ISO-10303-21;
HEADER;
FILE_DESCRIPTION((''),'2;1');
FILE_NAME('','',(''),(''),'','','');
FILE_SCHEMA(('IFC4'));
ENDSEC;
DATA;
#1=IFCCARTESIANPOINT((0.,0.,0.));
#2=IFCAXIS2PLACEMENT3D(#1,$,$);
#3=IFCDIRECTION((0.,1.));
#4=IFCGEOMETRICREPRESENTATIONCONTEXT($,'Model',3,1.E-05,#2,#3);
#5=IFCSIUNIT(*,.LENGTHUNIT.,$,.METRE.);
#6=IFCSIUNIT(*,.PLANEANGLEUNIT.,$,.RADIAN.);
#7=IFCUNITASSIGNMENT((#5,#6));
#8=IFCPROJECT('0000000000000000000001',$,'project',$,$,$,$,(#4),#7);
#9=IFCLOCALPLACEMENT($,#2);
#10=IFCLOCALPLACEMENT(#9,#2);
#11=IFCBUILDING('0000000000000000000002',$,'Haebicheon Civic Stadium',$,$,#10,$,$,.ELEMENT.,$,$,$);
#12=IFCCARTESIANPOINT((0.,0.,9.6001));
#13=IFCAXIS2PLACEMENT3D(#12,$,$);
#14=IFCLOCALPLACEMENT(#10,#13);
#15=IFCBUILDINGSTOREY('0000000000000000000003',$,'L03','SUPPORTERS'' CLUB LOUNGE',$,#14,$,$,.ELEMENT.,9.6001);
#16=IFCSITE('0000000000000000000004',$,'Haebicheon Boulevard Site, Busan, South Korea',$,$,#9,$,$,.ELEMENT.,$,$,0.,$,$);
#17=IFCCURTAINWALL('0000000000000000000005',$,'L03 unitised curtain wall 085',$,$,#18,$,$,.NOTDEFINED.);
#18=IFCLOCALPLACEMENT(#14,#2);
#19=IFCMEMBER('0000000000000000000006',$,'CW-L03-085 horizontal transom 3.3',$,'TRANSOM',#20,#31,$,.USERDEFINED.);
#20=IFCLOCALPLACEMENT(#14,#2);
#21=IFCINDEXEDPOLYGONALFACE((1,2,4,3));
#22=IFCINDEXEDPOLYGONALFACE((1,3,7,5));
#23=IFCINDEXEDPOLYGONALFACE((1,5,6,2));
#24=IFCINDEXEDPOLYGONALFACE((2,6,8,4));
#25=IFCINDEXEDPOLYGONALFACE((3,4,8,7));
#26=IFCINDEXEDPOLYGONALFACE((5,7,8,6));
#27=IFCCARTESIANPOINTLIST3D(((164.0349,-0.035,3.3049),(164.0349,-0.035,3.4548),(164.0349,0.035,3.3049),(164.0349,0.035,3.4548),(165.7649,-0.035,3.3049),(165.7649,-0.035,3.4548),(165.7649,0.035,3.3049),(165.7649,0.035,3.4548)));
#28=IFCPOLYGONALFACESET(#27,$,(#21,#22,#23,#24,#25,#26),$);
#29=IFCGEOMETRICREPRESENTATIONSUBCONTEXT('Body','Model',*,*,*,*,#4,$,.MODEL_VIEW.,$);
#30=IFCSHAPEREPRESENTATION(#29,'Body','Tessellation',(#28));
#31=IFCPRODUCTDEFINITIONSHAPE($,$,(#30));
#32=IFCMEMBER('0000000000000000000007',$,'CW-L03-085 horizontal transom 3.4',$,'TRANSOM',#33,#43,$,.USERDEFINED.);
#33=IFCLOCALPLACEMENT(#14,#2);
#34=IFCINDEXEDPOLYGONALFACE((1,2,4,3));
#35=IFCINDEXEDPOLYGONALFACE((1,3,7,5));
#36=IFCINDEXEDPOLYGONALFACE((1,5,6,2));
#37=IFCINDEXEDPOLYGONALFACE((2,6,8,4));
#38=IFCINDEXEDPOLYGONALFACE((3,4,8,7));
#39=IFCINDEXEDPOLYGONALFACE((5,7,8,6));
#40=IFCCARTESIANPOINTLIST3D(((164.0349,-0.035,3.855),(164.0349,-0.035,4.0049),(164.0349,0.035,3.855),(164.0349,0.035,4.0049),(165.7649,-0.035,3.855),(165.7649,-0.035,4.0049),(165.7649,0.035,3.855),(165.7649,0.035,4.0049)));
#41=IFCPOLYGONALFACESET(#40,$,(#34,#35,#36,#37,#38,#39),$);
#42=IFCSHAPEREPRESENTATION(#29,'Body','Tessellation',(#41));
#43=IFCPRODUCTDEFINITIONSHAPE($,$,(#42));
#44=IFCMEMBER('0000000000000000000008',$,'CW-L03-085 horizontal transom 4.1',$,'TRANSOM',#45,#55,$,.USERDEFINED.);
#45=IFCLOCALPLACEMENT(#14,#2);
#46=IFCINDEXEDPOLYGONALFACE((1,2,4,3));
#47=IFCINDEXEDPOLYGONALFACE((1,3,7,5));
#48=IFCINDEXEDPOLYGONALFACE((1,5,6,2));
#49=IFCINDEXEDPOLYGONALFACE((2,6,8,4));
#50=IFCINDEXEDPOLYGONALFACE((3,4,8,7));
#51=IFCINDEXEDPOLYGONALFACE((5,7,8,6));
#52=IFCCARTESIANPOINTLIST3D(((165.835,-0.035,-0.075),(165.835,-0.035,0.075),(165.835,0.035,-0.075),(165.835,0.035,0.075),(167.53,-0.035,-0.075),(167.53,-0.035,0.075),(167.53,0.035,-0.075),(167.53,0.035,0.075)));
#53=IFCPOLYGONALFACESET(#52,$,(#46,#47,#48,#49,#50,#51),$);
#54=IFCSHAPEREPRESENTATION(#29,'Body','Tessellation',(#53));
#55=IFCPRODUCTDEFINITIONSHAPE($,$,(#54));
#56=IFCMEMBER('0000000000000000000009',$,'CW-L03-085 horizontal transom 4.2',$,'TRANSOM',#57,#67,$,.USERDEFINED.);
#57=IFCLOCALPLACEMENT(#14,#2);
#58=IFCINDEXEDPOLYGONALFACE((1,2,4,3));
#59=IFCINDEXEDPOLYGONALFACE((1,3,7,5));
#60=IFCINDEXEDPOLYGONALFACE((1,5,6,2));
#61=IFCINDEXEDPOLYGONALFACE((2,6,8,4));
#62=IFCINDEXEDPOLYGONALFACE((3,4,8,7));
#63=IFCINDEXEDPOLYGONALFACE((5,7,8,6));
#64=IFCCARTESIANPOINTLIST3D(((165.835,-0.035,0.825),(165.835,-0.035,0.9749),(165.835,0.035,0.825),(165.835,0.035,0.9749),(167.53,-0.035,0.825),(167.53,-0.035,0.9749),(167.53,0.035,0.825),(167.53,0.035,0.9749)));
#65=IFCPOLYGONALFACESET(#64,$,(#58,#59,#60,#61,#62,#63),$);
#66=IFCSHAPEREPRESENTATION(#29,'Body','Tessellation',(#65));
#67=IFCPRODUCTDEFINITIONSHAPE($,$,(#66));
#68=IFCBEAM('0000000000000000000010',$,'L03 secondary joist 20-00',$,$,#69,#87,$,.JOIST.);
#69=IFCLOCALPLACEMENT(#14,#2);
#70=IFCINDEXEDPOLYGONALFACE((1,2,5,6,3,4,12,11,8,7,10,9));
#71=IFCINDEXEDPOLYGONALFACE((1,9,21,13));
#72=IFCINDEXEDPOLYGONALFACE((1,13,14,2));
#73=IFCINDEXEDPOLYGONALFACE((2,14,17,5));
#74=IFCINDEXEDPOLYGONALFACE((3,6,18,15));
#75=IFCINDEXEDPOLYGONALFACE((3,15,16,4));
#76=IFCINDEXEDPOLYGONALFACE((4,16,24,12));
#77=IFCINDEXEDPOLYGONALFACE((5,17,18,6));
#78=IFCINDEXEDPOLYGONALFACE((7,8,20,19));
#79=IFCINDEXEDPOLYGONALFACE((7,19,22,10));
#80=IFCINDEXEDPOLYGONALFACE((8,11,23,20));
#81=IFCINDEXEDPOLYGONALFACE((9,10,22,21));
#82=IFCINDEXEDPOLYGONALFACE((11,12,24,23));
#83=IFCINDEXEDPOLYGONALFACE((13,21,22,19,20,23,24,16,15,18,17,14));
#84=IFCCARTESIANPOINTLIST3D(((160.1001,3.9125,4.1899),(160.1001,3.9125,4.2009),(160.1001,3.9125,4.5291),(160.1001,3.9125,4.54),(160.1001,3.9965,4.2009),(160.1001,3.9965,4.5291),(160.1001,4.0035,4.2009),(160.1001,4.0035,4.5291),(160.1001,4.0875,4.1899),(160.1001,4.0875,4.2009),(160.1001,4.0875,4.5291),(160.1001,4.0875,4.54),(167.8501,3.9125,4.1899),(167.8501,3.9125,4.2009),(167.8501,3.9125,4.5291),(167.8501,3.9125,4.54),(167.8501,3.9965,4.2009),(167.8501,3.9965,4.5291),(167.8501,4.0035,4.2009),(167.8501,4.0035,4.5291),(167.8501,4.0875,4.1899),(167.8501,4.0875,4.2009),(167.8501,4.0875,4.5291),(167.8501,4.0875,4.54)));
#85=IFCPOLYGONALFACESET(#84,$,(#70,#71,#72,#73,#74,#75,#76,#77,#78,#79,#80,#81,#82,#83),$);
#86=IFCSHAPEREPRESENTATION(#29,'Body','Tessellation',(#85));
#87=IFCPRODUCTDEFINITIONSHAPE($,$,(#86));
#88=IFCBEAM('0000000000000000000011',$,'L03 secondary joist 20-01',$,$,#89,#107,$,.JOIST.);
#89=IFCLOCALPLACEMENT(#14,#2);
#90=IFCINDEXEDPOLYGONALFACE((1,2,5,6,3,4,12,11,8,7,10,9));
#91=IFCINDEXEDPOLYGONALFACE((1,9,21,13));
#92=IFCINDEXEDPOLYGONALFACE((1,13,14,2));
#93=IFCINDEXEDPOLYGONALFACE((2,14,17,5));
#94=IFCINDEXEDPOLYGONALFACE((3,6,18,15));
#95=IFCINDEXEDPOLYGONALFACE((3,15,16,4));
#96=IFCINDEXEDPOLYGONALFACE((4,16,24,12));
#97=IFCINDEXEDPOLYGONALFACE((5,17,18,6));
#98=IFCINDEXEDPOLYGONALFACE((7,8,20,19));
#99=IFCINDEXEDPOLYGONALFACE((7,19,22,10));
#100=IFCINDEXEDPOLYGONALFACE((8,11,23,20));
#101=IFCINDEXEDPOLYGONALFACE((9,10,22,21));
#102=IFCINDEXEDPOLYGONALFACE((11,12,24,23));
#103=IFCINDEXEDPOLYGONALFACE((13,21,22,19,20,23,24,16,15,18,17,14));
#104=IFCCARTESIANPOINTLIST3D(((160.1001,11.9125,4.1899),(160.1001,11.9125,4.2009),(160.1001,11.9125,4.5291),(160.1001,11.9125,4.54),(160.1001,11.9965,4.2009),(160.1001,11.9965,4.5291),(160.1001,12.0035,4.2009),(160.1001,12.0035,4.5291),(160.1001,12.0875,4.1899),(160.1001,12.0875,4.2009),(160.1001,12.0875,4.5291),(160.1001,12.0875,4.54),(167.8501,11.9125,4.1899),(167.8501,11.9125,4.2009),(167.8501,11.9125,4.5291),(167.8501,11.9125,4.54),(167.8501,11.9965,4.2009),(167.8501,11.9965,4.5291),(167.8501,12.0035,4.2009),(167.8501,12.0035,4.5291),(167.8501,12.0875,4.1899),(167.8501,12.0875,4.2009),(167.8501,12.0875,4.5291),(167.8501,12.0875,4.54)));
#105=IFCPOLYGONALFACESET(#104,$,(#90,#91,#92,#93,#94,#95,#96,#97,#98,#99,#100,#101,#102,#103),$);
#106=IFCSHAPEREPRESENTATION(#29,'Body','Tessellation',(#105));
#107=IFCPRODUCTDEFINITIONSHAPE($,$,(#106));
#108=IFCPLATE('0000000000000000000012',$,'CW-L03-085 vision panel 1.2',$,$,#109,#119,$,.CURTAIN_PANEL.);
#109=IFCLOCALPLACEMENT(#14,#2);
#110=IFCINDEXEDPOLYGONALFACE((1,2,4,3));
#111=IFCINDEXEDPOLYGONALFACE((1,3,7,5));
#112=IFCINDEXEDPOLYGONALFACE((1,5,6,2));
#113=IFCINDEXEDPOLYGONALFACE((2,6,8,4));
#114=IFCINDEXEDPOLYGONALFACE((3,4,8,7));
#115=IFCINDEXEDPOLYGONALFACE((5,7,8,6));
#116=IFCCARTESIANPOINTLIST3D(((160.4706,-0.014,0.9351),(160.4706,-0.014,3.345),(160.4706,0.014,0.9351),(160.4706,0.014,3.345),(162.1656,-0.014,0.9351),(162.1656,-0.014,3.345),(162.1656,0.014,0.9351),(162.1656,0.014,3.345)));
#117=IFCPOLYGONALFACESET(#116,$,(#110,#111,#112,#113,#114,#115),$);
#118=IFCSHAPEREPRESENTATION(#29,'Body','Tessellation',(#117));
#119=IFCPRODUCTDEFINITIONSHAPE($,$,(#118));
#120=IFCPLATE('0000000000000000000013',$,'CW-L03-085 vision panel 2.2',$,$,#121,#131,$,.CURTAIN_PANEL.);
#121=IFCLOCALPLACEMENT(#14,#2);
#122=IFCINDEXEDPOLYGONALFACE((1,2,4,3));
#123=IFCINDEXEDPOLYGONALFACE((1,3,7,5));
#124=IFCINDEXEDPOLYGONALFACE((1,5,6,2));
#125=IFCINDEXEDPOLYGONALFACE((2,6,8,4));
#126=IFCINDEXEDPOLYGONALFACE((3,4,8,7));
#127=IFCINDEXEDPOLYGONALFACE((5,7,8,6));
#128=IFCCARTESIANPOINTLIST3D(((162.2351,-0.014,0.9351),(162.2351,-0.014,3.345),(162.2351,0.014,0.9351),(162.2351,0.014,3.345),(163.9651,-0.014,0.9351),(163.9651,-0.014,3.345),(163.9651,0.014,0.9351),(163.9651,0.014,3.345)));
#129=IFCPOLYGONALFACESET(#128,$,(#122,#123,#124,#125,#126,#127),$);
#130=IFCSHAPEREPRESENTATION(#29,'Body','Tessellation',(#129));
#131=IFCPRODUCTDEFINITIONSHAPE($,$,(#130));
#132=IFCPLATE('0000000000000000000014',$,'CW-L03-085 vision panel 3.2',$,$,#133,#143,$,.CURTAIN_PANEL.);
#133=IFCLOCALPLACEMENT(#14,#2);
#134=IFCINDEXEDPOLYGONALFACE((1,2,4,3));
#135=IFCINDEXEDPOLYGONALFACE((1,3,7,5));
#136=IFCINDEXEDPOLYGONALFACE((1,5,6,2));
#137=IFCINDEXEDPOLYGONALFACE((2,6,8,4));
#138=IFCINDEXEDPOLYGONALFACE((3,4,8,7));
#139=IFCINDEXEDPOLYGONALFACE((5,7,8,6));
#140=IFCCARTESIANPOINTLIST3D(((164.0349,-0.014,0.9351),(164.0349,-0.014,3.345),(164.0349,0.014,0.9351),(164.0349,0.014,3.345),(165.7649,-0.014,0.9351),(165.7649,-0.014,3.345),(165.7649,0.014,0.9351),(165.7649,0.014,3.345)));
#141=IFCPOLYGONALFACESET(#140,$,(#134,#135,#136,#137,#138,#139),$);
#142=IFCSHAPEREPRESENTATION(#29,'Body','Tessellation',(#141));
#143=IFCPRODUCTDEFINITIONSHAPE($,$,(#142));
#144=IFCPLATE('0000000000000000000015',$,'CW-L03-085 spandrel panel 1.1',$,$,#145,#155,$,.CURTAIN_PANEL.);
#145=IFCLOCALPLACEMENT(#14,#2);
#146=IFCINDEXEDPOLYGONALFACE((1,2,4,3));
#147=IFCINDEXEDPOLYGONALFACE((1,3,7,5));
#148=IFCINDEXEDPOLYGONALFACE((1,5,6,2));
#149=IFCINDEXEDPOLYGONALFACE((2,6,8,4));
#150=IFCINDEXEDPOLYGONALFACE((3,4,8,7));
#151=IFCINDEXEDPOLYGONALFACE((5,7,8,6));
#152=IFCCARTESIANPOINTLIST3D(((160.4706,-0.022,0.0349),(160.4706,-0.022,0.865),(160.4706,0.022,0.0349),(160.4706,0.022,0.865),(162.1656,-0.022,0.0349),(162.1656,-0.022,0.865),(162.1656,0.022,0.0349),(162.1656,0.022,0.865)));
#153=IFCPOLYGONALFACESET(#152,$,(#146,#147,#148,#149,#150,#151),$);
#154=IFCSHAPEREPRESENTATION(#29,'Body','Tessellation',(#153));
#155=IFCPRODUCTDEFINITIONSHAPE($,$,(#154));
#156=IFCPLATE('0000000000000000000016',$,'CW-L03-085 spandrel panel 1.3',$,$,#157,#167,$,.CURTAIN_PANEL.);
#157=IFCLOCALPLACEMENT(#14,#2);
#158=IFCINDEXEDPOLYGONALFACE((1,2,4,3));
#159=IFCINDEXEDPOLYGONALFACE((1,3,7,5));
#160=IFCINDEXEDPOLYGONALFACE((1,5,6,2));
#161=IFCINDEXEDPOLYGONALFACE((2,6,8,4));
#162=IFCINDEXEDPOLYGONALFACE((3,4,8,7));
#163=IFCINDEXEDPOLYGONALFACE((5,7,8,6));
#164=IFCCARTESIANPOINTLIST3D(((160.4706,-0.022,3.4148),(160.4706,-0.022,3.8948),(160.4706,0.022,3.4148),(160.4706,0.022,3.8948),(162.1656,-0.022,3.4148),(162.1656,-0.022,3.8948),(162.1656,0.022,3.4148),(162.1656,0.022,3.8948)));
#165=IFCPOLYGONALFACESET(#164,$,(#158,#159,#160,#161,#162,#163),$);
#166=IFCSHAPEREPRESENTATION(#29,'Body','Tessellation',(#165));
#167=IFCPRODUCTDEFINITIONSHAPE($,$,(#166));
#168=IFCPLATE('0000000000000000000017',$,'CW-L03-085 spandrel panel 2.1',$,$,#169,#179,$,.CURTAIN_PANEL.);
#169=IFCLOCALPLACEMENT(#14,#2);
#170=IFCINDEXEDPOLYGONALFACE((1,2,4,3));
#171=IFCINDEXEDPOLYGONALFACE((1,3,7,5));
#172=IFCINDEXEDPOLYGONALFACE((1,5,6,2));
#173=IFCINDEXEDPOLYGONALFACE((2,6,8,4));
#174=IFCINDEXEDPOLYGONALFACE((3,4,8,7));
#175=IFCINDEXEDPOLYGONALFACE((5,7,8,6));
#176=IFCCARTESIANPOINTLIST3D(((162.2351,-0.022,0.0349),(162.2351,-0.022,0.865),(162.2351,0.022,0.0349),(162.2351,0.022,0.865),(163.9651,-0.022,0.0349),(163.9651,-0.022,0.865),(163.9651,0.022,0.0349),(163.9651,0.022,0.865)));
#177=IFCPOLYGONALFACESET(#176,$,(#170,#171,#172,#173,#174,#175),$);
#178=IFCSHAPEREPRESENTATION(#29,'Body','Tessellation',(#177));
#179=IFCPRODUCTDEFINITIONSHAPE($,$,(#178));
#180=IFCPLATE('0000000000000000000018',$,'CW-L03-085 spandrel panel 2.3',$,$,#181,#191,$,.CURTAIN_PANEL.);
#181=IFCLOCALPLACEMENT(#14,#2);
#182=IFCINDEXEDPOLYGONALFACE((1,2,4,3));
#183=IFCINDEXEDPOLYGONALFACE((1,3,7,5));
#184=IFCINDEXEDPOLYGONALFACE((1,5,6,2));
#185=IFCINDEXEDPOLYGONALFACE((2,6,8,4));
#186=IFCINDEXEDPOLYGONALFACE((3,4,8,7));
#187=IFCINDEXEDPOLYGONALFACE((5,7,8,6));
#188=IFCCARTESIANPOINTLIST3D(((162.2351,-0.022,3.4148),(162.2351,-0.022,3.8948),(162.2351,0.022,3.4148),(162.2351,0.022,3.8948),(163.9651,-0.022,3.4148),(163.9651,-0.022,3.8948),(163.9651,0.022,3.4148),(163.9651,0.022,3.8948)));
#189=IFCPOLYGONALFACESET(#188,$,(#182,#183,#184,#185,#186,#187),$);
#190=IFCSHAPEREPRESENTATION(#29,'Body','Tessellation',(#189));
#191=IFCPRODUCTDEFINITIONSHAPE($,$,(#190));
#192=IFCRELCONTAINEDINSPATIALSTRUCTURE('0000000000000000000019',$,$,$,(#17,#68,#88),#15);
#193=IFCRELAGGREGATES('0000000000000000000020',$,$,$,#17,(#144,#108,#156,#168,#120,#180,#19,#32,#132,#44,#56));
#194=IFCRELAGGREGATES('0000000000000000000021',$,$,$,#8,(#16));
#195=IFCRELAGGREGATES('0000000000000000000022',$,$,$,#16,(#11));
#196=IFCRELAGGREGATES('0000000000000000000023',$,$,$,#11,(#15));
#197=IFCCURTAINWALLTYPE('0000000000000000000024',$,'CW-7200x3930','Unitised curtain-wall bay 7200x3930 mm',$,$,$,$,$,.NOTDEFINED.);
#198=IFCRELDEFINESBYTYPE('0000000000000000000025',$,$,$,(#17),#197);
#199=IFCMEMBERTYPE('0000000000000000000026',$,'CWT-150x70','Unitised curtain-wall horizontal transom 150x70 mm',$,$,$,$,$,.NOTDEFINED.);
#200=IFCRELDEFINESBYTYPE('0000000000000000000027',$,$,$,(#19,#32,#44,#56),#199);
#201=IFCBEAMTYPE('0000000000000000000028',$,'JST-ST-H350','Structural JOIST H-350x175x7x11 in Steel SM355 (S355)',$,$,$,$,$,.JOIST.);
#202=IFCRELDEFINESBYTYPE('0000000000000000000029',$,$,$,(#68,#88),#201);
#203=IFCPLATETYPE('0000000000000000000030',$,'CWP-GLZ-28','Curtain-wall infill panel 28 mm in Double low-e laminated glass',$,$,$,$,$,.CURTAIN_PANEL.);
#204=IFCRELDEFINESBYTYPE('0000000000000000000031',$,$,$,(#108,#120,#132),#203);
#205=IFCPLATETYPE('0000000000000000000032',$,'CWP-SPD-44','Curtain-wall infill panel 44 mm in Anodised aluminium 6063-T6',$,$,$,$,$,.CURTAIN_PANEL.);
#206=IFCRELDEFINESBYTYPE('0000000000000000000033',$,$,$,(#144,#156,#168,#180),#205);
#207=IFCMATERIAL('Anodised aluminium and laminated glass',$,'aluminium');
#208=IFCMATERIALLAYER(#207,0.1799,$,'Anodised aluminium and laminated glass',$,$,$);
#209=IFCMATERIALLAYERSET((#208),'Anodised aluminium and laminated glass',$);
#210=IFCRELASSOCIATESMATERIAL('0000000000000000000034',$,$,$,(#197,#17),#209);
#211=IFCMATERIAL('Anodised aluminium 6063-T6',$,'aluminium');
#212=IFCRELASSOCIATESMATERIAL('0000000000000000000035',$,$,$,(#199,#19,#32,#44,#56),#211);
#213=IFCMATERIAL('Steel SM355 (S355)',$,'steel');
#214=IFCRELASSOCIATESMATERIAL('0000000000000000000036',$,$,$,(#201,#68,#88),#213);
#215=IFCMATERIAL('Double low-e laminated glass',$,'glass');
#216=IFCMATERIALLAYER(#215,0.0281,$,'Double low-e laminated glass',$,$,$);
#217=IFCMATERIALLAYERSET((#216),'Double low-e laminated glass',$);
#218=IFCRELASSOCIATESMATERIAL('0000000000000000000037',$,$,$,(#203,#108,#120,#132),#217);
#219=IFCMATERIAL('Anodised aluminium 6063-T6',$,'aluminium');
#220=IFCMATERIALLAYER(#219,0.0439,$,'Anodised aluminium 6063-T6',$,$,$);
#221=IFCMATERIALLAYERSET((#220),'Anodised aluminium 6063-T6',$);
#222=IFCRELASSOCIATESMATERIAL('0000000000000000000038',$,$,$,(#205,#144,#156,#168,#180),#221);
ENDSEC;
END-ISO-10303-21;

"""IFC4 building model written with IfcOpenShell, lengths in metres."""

from ifc_helpers import new_model, si_unit, direction, frame, origin, origin_2d, place, context, subcontext, project, spatial, rectangle, i_section, extrude, material, layer, layer_set, material_profile, profile_set, type_object, element, aggregate, save


model = new_model("IFC4")

# Units and contexts
model_context = context("Model", 3, precision=1e-05, world=origin(), true_north=direction((0.0, 1.0)))
body_context = subcontext(model_context, "Body", "Model", "MODEL_VIEW")
ifc_project = project(units=[si_unit("LENGTHUNIT", "METRE"), si_unit("PLANEANGLEUNIT", "RADIAN")], contexts=[model_context])

# Site, building, storey
site_placement = place(None, origin())
site = spatial("IfcSite", under=ifc_project, at=site_placement, Name="Haebicheon Boulevard Site, Busan, South Korea", CompositionType="ELEMENT", RefElevation=0.0)
building_placement = place(site_placement, origin())
building = spatial("IfcBuilding", under=site, at=building_placement, Name="Haebicheon Civic Stadium", CompositionType="ELEMENT")
storey_placement = place(building_placement, frame((0.0, 0.0, 9.6001)))
storey = spatial("IfcBuildingStorey", under=building, at=storey_placement, Name="L03", Description="SUPPORTERS' CLUB LOUNGE", CompositionType="ELEMENT", Elevation=9.6001)

# Curtain wall, members
ifc_material_1 = material(Name="Anodised aluminium and laminated glass", Category="aluminium")
ifc_layer_1 = layer(ifc_material_1, 0.1799, Name="Anodised aluminium and laminated glass")
ifc_layer_set_1 = layer_set([ifc_layer_1], Name="Anodised aluminium and laminated glass")
curtain_wall_type = type_object("IfcCurtainWallType", Name="CW-7200x3930", Description="Unitised curtain-wall bay 7200x3930 mm", PredefinedType="NOTDEFINED", material=ifc_layer_set_1)
curtain_wall_placement = place(storey_placement, origin())
curtain_wall = element("IfcCurtainWall", 1, at=curtain_wall_placement, inside=storey, type_object=curtain_wall_type, material=ifc_layer_set_1, Name="L03 unitised curtain wall 085", PredefinedType="NOTDEFINED")
ifc_material_2 = material(Name="Anodised aluminium 6063-T6", Category="aluminium")
ifc_material_profile_1 = material_profile(ifc_material_2, rectangle(XDim=0.0701, YDim=0.1499, at=origin_2d()), Name="ALU-TRAN-70x150")
ifc_profile_set_1 = profile_set([ifc_material_profile_1], Name="Anodised aluminium 6063-T6")
member_type_1 = type_object("IfcMemberType", Name="CWT-150x70", Description="Unitised curtain-wall horizontal transom 150x70 mm", PredefinedType="NOTDEFINED", material=ifc_profile_set_1)
member_1_placement = place(storey_placement, frame((164.0349, 0.0, 3.3799), z_axis=(1.0, 0.0, 0.0), x_axis=(0.0, 1.0, 0.0)))
member_1 = element("IfcMember", 2, at=member_1_placement, type_object=member_type_1, material=ifc_profile_set_1, Name="CW-L03-085 horizontal transom 3.3", ObjectType="TRANSOM", PredefinedType="USERDEFINED", context=body_context, shape_type="SweptSolid", body=[
    extrude(rectangle(XDim=0.0701, YDim=0.1499, at=origin_2d()), origin(), (0.0, 0.0, 1.0), 1.73),
])
member_2_placement = place(storey_placement, frame((164.0349, 0.0, 3.9299), z_axis=(1.0, 0.0, 0.0), x_axis=(0.0, 1.0, 0.0)))
member_2 = element("IfcMember", 3, at=member_2_placement, type_object=member_type_1, material=ifc_profile_set_1, Name="CW-L03-085 horizontal transom 3.4", ObjectType="TRANSOM", PredefinedType="USERDEFINED", context=body_context, shape_type="SweptSolid", body=[
    extrude(rectangle(XDim=0.0701, YDim=0.1499, at=origin_2d()), origin(), (0.0, 0.0, 1.0), 1.73),
])
member_3_placement = place(storey_placement, frame((165.835, 0.0, 0.0), z_axis=(1.0, 0.0, 0.0), x_axis=(0.0, 1.0, 0.0)))
member_3 = element("IfcMember", 4, at=member_3_placement, type_object=member_type_1, material=ifc_profile_set_1, Name="CW-L03-085 horizontal transom 4.1", ObjectType="TRANSOM", PredefinedType="USERDEFINED", context=body_context, shape_type="SweptSolid", body=[
    extrude(rectangle(XDim=0.0701, YDim=0.1499, at=origin_2d()), origin(), (0.0, 0.0, 1.0), 1.6951),
])
member_4_placement = place(storey_placement, frame((165.835, 0.0, 0.8999), z_axis=(1.0, 0.0, 0.0), x_axis=(0.0, 1.0, 0.0)))
member_4 = element("IfcMember", 5, at=member_4_placement, type_object=member_type_1, material=ifc_profile_set_1, Name="CW-L03-085 horizontal transom 4.2", ObjectType="TRANSOM", PredefinedType="USERDEFINED", context=body_context, shape_type="SweptSolid", body=[
    extrude(rectangle(XDim=0.0701, YDim=0.1499, at=origin_2d()), origin(), (0.0, 0.0, 1.0), 1.6951),
])

# Beams
ifc_material_3 = material(Name="Steel SM355 (S355)", Category="steel")
ifc_material_profile_2 = material_profile(ifc_material_3, i_section(OverallWidth=0.175, OverallDepth=0.3501, WebThickness=0.0071, FlangeThickness=0.011, at=origin_2d()), Name="H-350x175x7x11")
ifc_profile_set_2 = profile_set([ifc_material_profile_2], Name="Steel SM355 (S355)")
beam_type = type_object("IfcBeamType", Name="JST-ST-H350", Description="Structural JOIST H-350x175x7x11 in Steel SM355 (S355)", PredefinedType="JOIST", material=ifc_profile_set_2)
for number, where, z_axis, x_axis, name in (
    (6, (160.1001, 4.0, 4.365), (1.0, 0.0, 0.0), (0.0, 1.0, 0.0), "L03 secondary joist 20-00"),
    (7, (160.1001, 12.0, 4.365), (1.0, 0.0, 0.0), (0.0, 1.0, 0.0), "L03 secondary joist 20-01"),
):
    element("IfcBeam", number, at=place(storey_placement, frame(where, z_axis=z_axis, x_axis=x_axis)), inside=storey, type_object=beam_type, material=ifc_profile_set_2, Name=name, PredefinedType="JOIST", context=body_context, shape_type="SweptSolid", body=[
        extrude(i_section(OverallWidth=0.175, OverallDepth=0.3501, WebThickness=0.0071, FlangeThickness=0.011, at=origin_2d()), origin(), (0.0, 0.0, 1.0), 7.75),
    ])

# Plates
ifc_material_4 = material(Name="Double low-e laminated glass", Category="glass")
ifc_layer_2 = layer(ifc_material_4, 0.0281, Name="Double low-e laminated glass")
ifc_layer_set_2 = layer_set([ifc_layer_2], Name="Double low-e laminated glass")
plate_type_1 = type_object("IfcPlateType", Name="CWP-GLZ-28", Description="Curtain-wall infill panel 28 mm in Double low-e laminated glass", PredefinedType="CURTAIN_PANEL", material=ifc_layer_set_2)
plate_1_placement = place(storey_placement, frame((161.3181, 0.0, 0.9351), z_axis=(0.0, 0.0, 1.0), x_axis=(1.0, 0.0, 0.0)))
plate_1 = element("IfcPlate", 8, at=plate_1_placement, type_object=plate_type_1, material=ifc_layer_set_2, Name="CW-L03-085 vision panel 1.2", PredefinedType="CURTAIN_PANEL", context=body_context, shape_type="SweptSolid", body=[
    extrude(rectangle(XDim=1.6951, YDim=0.0281, at=origin_2d()), origin(), (0.0, 0.0, 1.0), 2.4099),
])
plate_2_placement = place(storey_placement, frame((163.1001, 0.0, 0.9351), z_axis=(0.0, 0.0, 1.0), x_axis=(1.0, 0.0, 0.0)))
plate_2 = element("IfcPlate", 9, at=plate_2_placement, type_object=plate_type_1, material=ifc_layer_set_2, Name="CW-L03-085 vision panel 2.2", PredefinedType="CURTAIN_PANEL", context=body_context, shape_type="SweptSolid", body=[
    extrude(rectangle(XDim=1.73, YDim=0.0281, at=origin_2d()), origin(), (0.0, 0.0, 1.0), 2.4099),
])
plate_3_placement = place(storey_placement, frame((164.8999, 0.0, 0.9351), z_axis=(0.0, 0.0, 1.0), x_axis=(1.0, 0.0, 0.0)))
plate_3 = element("IfcPlate", 10, at=plate_3_placement, type_object=plate_type_1, material=ifc_layer_set_2, Name="CW-L03-085 vision panel 3.2", PredefinedType="CURTAIN_PANEL", context=body_context, shape_type="SweptSolid", body=[
    extrude(rectangle(XDim=1.73, YDim=0.0281, at=origin_2d()), origin(), (0.0, 0.0, 1.0), 2.4099),
])
ifc_material_5 = material(Name="Anodised aluminium 6063-T6", Category="aluminium")
ifc_layer_3 = layer(ifc_material_5, 0.0439, Name="Anodised aluminium 6063-T6")
ifc_layer_set_3 = layer_set([ifc_layer_3], Name="Anodised aluminium 6063-T6")
plate_type_2 = type_object("IfcPlateType", Name="CWP-SPD-44", Description="Curtain-wall infill panel 44 mm in Anodised aluminium 6063-T6", PredefinedType="CURTAIN_PANEL", material=ifc_layer_set_3)
plate_4_placement = place(storey_placement, frame((161.3181, 0.0, 0.0349), z_axis=(0.0, 0.0, 1.0), x_axis=(1.0, 0.0, 0.0)))
plate_4 = element("IfcPlate", 11, at=plate_4_placement, type_object=plate_type_2, material=ifc_layer_set_3, Name="CW-L03-085 spandrel panel 1.1", PredefinedType="CURTAIN_PANEL", context=body_context, shape_type="SweptSolid", body=[
    extrude(rectangle(XDim=1.6951, YDim=0.0439, at=origin_2d()), origin(), (0.0, 0.0, 1.0), 0.8301),
])
plate_5_placement = place(storey_placement, frame((161.3181, 0.0, 3.4148), z_axis=(0.0, 0.0, 1.0), x_axis=(1.0, 0.0, 0.0)))
plate_5 = element("IfcPlate", 12, at=plate_5_placement, type_object=plate_type_2, material=ifc_layer_set_3, Name="CW-L03-085 spandrel panel 1.3", PredefinedType="CURTAIN_PANEL", context=body_context, shape_type="SweptSolid", body=[
    extrude(rectangle(XDim=1.6951, YDim=0.0439, at=origin_2d()), origin(), (0.0, 0.0, 1.0), 0.48),
])
plate_6_placement = place(storey_placement, frame((163.1001, 0.0, 0.0349), z_axis=(0.0, 0.0, 1.0), x_axis=(1.0, 0.0, 0.0)))
plate_6 = element("IfcPlate", 13, at=plate_6_placement, type_object=plate_type_2, material=ifc_layer_set_3, Name="CW-L03-085 spandrel panel 2.1", PredefinedType="CURTAIN_PANEL", context=body_context, shape_type="SweptSolid", body=[
    extrude(rectangle(XDim=1.73, YDim=0.0439, at=origin_2d()), origin(), (0.0, 0.0, 1.0), 0.8301),
])
plate_7_placement = place(storey_placement, frame((163.1001, 0.0, 3.4148), z_axis=(0.0, 0.0, 1.0), x_axis=(1.0, 0.0, 0.0)))
plate_7 = element("IfcPlate", 14, at=plate_7_placement, type_object=plate_type_2, material=ifc_layer_set_3, Name="CW-L03-085 spandrel panel 2.3", PredefinedType="CURTAIN_PANEL", context=body_context, shape_type="SweptSolid", body=[
    extrude(rectangle(XDim=1.73, YDim=0.0439, at=origin_2d()), origin(), (0.0, 0.0, 1.0), 0.48),
])
aggregate(curtain_wall, [plate_4, plate_1, plate_5, plate_6, plate_2, plate_7, member_1, member_2, plate_3, member_3, member_4])

save(model, "model.ifc")
